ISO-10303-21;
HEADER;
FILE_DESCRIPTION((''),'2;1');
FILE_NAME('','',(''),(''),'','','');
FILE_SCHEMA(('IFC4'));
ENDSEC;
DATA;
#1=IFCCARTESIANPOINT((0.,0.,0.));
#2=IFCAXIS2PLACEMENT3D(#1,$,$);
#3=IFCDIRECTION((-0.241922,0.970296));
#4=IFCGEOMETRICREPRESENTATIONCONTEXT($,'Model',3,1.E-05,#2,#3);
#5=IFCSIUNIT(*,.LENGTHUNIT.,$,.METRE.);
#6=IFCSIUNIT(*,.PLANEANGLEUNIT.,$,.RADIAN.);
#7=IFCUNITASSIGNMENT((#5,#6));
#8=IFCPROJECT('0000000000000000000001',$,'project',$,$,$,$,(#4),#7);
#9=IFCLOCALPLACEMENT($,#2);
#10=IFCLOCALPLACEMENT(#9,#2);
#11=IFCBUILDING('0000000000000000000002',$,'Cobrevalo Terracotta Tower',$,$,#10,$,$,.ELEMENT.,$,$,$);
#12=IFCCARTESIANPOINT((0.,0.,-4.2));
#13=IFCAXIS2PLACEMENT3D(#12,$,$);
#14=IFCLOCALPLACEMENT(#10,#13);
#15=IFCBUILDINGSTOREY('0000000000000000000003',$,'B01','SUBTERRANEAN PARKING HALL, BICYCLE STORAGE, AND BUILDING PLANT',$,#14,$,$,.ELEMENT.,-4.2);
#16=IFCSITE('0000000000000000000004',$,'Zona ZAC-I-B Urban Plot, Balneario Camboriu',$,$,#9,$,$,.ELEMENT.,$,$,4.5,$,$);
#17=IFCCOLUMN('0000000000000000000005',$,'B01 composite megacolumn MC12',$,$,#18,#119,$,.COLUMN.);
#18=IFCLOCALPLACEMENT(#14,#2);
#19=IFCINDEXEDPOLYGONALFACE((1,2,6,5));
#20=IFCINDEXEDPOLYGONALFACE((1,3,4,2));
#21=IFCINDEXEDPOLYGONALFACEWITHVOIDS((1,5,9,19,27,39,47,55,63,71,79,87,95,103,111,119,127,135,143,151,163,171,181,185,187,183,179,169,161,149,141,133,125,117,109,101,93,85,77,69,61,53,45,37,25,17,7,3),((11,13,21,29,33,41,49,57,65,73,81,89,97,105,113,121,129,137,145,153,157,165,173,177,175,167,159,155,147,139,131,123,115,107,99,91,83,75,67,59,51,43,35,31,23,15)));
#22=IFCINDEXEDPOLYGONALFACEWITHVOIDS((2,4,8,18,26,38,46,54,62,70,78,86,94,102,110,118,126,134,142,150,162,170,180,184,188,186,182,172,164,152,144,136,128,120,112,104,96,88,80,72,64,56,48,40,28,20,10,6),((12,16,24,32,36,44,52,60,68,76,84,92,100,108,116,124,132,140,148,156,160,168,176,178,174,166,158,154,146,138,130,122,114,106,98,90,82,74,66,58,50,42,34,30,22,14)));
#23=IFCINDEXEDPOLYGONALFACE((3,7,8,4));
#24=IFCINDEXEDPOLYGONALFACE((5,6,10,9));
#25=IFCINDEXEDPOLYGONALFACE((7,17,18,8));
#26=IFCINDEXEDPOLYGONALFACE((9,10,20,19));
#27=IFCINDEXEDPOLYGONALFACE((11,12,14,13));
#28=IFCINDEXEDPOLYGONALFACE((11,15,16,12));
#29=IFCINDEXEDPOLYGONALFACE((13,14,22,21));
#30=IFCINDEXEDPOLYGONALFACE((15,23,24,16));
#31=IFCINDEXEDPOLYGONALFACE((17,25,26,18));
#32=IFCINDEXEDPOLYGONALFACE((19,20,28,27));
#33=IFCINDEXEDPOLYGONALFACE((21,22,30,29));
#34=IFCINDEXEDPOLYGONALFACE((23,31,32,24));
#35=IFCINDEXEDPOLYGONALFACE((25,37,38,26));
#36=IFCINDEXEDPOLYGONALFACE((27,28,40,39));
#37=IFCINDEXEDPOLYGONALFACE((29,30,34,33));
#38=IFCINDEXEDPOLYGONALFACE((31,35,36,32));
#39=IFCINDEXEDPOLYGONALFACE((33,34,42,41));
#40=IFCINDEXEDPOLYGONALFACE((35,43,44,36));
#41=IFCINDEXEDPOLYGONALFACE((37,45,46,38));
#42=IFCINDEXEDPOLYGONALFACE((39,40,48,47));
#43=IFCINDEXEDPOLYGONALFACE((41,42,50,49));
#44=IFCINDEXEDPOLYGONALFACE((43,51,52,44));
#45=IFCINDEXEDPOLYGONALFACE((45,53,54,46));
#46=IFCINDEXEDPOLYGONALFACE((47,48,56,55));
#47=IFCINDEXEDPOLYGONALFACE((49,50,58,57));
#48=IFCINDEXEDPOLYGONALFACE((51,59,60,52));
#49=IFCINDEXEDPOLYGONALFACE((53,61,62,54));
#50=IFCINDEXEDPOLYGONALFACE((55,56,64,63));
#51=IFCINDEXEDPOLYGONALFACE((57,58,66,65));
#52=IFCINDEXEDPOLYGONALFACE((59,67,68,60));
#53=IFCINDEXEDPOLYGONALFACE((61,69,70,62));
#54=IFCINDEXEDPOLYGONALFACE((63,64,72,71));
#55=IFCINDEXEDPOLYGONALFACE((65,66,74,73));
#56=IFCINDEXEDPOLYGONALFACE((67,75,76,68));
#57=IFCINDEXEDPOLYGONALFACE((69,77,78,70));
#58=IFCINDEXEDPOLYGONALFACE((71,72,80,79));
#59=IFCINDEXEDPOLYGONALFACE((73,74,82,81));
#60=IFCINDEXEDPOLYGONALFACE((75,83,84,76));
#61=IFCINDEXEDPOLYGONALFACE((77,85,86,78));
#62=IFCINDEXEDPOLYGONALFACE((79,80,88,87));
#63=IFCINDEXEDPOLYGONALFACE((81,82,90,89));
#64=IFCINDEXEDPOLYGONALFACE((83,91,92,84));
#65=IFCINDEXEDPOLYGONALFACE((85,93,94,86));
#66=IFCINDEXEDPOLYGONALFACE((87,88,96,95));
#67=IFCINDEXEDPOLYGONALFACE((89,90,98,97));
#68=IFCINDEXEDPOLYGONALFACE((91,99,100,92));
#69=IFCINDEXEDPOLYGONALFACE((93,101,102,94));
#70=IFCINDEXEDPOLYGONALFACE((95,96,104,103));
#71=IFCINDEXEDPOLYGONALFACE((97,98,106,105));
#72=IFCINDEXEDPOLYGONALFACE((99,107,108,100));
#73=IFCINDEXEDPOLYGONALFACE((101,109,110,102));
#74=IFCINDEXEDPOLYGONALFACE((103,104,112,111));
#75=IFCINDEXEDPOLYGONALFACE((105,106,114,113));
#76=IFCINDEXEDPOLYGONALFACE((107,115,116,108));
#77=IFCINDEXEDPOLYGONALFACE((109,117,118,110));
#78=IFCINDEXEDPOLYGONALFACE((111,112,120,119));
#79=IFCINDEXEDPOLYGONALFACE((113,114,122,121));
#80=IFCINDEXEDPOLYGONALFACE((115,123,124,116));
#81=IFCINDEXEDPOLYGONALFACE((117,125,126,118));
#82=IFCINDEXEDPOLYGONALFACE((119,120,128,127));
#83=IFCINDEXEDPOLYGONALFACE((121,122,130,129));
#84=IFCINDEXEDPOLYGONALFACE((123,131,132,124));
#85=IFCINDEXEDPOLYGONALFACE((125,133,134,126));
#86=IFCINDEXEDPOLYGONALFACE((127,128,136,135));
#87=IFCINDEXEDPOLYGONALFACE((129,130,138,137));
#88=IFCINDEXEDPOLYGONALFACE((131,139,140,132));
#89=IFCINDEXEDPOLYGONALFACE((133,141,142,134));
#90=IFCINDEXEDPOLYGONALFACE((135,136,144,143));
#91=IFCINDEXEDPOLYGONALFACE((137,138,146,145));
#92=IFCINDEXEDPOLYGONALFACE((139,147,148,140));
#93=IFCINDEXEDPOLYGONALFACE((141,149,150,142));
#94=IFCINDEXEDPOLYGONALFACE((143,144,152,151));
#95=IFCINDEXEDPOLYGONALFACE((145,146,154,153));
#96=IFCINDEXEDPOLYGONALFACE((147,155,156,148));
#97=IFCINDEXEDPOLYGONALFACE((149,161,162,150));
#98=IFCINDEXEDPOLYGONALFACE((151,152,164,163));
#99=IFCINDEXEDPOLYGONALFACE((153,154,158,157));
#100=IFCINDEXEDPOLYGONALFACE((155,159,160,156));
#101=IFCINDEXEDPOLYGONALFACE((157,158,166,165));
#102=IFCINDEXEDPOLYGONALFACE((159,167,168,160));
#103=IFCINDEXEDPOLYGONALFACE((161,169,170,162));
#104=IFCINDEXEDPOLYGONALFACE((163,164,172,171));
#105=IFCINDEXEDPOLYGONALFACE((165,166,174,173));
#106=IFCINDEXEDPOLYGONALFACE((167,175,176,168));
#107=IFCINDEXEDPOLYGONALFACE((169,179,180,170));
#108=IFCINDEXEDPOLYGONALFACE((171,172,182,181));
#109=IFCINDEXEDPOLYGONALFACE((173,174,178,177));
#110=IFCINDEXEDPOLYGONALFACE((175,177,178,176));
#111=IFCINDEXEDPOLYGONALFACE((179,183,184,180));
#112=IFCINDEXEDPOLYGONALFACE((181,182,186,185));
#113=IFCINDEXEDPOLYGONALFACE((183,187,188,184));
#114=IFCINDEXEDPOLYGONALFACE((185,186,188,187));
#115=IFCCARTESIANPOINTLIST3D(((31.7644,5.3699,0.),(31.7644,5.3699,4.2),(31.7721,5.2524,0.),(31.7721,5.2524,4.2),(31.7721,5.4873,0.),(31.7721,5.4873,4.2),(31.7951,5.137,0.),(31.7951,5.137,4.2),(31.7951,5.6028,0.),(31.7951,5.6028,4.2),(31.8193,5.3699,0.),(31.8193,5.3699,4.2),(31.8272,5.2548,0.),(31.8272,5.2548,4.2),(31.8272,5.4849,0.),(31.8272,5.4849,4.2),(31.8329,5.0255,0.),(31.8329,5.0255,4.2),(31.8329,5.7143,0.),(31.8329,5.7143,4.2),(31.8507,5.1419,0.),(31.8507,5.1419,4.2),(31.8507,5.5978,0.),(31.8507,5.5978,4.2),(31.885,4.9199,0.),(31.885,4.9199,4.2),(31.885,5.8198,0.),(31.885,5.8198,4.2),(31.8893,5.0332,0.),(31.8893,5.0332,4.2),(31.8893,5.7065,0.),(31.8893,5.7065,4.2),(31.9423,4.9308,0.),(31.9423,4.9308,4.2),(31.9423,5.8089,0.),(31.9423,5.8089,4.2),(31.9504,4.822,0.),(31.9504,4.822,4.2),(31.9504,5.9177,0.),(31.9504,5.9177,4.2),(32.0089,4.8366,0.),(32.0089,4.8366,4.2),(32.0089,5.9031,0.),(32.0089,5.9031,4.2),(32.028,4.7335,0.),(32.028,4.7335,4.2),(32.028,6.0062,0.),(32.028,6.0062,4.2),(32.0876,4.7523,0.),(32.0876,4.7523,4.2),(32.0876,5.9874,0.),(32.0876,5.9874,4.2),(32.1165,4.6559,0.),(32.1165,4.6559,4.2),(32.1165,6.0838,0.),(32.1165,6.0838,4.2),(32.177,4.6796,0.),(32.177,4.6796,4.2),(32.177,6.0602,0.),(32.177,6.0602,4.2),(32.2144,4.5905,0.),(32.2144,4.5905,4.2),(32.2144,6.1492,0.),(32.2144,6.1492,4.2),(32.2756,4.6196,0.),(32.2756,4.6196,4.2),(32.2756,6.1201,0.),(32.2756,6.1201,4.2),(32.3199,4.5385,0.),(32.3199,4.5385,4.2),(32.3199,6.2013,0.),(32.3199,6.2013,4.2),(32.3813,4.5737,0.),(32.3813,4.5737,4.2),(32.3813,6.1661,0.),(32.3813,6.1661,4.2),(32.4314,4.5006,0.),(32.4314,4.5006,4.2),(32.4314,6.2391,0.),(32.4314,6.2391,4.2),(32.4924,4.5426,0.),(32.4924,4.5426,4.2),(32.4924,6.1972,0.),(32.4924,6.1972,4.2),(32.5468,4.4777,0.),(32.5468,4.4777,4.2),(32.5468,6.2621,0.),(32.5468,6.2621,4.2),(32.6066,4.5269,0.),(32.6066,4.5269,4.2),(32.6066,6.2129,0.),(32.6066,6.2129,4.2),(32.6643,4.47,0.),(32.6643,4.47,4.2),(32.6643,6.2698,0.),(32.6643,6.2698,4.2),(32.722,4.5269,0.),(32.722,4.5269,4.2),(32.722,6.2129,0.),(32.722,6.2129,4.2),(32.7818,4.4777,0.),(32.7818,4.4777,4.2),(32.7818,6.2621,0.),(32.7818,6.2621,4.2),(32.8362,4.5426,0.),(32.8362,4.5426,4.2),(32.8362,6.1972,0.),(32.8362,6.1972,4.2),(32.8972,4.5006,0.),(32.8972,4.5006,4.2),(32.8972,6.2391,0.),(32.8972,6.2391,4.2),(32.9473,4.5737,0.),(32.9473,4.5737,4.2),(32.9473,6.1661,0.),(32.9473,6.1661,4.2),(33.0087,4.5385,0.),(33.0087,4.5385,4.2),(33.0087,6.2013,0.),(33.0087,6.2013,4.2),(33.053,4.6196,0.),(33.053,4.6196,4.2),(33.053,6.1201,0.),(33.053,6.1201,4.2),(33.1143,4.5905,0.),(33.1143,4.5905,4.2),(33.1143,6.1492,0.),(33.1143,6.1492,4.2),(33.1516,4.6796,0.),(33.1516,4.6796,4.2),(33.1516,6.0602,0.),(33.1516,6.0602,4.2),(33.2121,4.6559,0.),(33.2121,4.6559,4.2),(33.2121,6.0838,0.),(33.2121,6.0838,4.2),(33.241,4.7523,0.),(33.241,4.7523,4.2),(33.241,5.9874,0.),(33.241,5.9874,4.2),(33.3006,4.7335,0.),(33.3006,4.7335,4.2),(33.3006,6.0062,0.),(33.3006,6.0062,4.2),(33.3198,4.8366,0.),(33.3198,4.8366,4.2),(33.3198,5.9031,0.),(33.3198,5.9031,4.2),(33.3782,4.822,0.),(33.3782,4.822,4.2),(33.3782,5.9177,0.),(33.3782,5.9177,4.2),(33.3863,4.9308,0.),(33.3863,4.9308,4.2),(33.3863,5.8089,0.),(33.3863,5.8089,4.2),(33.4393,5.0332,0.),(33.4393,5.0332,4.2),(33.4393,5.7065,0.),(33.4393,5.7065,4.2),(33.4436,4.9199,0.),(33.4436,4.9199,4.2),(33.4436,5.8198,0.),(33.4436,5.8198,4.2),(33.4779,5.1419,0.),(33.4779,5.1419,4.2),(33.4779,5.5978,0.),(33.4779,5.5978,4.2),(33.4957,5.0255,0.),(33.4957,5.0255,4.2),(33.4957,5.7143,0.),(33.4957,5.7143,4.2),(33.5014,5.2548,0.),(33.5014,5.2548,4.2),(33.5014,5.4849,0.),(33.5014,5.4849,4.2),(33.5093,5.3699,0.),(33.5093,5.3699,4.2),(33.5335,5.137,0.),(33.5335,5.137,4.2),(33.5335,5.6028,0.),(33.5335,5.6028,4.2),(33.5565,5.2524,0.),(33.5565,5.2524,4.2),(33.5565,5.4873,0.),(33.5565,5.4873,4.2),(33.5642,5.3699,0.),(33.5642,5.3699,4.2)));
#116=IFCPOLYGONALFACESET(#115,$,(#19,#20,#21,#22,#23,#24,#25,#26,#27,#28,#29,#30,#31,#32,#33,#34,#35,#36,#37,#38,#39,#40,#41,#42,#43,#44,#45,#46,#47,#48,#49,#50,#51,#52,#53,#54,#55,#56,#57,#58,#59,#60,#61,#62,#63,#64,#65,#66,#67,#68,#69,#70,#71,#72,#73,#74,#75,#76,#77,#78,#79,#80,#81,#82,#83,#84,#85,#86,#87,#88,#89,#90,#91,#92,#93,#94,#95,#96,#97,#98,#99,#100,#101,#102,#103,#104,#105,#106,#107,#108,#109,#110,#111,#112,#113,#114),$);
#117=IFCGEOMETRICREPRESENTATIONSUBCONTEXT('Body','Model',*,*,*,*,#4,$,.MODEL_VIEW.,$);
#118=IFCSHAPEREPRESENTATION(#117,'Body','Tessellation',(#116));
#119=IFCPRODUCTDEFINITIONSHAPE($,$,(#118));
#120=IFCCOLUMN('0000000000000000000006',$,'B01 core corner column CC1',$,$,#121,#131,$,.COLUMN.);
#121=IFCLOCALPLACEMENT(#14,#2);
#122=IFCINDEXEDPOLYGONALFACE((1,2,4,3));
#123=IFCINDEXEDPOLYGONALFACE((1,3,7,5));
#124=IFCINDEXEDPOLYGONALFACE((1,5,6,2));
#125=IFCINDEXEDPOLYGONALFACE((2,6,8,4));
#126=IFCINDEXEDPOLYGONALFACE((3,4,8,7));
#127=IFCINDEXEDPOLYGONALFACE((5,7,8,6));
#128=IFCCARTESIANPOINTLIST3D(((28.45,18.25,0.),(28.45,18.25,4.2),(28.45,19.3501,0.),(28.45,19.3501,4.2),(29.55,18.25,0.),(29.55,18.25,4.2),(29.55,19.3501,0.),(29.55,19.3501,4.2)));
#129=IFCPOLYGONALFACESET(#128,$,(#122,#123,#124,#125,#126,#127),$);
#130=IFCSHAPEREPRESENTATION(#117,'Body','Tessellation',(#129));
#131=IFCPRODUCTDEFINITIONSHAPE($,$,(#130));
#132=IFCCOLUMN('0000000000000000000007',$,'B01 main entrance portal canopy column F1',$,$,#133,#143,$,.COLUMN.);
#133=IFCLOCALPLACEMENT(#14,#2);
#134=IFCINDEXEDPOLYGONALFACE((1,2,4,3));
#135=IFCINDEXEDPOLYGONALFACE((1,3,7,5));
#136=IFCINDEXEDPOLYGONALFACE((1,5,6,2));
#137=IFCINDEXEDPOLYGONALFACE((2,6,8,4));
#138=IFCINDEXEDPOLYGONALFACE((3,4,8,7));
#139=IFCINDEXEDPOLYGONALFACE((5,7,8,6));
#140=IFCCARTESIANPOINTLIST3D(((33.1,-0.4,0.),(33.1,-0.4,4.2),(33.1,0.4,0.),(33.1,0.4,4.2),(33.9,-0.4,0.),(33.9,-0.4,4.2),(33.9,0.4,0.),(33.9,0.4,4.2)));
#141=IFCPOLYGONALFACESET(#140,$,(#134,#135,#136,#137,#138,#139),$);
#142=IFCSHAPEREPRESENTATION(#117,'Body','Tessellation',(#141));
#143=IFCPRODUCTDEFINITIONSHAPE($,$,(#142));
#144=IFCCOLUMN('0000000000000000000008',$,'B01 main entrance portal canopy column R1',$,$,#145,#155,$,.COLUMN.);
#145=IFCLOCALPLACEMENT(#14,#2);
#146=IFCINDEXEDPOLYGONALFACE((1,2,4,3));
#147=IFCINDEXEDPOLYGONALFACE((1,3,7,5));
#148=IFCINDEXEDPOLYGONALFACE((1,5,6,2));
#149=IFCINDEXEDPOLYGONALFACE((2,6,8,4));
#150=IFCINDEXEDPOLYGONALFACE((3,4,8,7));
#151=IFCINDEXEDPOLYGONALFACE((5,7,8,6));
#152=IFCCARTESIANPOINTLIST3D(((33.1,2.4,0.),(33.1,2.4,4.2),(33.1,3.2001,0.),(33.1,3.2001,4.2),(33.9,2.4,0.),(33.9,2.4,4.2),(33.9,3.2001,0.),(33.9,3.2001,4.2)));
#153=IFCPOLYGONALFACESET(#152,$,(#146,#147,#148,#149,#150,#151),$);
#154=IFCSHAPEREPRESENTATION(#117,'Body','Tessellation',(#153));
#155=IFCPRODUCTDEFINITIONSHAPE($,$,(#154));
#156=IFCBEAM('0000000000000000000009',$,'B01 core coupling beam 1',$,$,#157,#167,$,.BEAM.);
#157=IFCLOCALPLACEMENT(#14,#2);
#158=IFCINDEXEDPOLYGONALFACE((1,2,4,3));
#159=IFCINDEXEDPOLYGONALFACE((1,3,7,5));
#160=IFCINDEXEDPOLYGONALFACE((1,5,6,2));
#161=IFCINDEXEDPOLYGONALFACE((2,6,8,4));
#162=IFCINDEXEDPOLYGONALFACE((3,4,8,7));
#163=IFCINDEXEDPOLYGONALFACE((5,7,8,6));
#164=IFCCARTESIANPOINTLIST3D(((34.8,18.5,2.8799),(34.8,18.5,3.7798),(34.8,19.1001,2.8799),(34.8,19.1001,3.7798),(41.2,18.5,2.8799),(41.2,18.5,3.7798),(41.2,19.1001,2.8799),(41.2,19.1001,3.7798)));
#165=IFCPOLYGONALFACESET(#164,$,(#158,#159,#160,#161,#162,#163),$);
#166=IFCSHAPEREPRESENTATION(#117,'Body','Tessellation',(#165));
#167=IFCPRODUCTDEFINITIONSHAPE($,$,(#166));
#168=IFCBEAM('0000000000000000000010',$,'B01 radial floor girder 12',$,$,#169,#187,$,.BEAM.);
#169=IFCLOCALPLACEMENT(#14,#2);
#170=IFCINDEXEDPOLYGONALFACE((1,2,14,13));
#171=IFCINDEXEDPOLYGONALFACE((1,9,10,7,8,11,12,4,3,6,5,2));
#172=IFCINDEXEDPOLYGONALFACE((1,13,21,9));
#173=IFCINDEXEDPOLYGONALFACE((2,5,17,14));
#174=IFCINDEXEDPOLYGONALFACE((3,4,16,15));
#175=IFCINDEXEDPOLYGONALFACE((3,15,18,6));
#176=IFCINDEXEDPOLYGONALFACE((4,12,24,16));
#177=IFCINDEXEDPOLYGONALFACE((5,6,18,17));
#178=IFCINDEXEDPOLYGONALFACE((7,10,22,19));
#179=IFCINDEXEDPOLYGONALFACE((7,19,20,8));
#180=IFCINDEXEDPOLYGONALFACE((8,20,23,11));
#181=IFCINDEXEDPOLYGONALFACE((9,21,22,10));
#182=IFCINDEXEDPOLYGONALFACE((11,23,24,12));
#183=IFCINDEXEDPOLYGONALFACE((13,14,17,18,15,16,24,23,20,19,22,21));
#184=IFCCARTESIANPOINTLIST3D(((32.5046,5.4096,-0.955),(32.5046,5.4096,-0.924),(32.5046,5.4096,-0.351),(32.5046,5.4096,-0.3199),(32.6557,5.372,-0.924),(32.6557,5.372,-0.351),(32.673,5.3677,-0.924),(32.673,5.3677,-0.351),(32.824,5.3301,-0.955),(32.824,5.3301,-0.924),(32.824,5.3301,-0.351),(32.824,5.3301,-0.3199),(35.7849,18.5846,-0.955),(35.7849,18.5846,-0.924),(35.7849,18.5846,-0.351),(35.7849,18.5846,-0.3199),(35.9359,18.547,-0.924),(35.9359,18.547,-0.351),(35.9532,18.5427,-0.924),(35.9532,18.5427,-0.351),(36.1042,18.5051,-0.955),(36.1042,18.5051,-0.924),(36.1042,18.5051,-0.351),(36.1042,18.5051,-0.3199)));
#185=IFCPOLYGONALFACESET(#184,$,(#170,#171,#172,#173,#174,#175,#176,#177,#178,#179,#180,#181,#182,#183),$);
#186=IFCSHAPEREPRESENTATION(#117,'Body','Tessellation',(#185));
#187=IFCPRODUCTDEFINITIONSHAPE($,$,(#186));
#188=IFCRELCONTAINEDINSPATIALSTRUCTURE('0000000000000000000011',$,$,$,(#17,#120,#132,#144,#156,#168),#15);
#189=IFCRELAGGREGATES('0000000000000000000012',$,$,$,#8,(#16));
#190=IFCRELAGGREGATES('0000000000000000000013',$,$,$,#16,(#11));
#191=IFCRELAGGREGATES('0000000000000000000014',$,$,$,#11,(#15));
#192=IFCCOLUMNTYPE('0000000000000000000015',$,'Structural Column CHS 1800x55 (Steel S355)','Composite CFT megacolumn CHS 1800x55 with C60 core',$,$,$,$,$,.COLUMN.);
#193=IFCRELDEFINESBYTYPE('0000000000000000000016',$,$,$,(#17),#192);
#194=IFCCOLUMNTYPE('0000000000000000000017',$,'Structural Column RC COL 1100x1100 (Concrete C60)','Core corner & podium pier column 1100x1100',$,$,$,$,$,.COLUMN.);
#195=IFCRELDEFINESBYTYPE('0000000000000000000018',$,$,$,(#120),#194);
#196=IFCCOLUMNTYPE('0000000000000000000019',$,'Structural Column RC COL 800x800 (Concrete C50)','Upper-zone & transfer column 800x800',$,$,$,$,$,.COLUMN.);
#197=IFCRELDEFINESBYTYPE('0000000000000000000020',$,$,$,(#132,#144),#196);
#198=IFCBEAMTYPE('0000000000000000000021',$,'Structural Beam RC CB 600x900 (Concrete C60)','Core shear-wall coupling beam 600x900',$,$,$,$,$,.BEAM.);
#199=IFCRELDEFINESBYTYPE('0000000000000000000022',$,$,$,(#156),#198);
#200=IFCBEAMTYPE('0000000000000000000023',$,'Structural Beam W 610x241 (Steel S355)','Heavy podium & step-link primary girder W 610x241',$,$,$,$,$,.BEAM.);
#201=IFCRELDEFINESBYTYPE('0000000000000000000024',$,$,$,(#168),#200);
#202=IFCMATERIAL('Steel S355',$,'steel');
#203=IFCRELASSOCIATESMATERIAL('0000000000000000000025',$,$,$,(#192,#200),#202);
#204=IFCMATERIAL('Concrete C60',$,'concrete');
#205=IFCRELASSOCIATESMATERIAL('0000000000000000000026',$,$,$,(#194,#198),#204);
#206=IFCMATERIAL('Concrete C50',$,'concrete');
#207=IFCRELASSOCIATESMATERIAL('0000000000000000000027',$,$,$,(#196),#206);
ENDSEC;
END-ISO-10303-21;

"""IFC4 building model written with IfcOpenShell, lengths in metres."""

from ifc_helpers import new_model, si_unit, direction, frame, origin, origin_2d, place, context, subcontext, project, spatial, rectangle, hollow_circle, i_section, extrude, material, material_profile, profile_set, type_object, element, save


model = new_model("IFC4")

# Units and contexts
model_context = context("Model", 3, precision=1e-05, world=origin(), true_north=direction((-0.241922, 0.970296)))
body_context = subcontext(model_context, "Body", "Model", "MODEL_VIEW")
ifc_project = project(units=[si_unit("LENGTHUNIT", "METRE"), si_unit("PLANEANGLEUNIT", "RADIAN")], contexts=[model_context])

# Site, building, storey
site_placement = place(None, origin())
site = spatial("IfcSite", under=ifc_project, at=site_placement, Name="Zona ZAC-I-B Urban Plot, Balneario Camboriu", CompositionType="ELEMENT", RefElevation=4.5)
building_placement = place(site_placement, origin())
building = spatial("IfcBuilding", under=site, at=building_placement, Name="Cobrevalo Terracotta Tower", CompositionType="ELEMENT")
storey_placement = place(building_placement, frame((0.0, 0.0, -4.2)))
storey = spatial("IfcBuildingStorey", under=building, at=storey_placement, Name="B01", Description="SUBTERRANEAN PARKING HALL, BICYCLE STORAGE, AND BUILDING PLANT", CompositionType="ELEMENT", Elevation=-4.2)

# Columns
ifc_material_1 = material(Name="Steel S355", Category="steel")
ifc_material_profile_1 = material_profile(ifc_material_1, hollow_circle(Radius=0.8999, WallThickness=0.0549, at=origin_2d()), Name="CHS 1800x55")
ifc_profile_set_1 = profile_set([ifc_material_profile_1], Name="Steel S355")
column_type_1 = type_object("IfcColumnType", Name="Structural Column CHS 1800x55 (Steel S355)", Description="Composite CFT megacolumn CHS 1800x55 with C60 core", PredefinedType="COLUMN", material=ifc_profile_set_1)
column_1_placement = place(storey_placement, frame((32.6643, 5.3699, 0.0), z_axis=(0.0, 0.0, 1.0), x_axis=(1.0, 0.0, 0.0)))
element("IfcColumn", 1, at=column_1_placement, inside=storey, type_object=column_type_1, Name="B01 composite megacolumn MC12", PredefinedType="COLUMN", context=body_context, shape_type="SweptSolid", body=[
    extrude(hollow_circle(Radius=0.8999, WallThickness=0.0549, at=origin_2d()), origin(), (0.0, 0.0, 1.0), 4.2),
])
ifc_material_2 = material(Name="Concrete C60", Category="concrete")
ifc_material_profile_2 = material_profile(ifc_material_2, rectangle(XDim=1.1001, YDim=1.1001, at=origin_2d()), Name="RC COL 1100x1100")
ifc_profile_set_2 = profile_set([ifc_material_profile_2], Name="Concrete C60")
column_type_2 = type_object("IfcColumnType", Name="Structural Column RC COL 1100x1100 (Concrete C60)", Description="Core corner & podium pier column 1100x1100", PredefinedType="COLUMN", material=ifc_profile_set_2)
column_2_placement = place(storey_placement, frame((29.0, 18.8, 0.0), z_axis=(0.0, 0.0, 1.0), x_axis=(1.0, 0.0, 0.0)))
element("IfcColumn", 2, at=column_2_placement, inside=storey, type_object=column_type_2, Name="B01 core corner column CC1", PredefinedType="COLUMN", context=body_context, shape_type="SweptSolid", body=[
    extrude(rectangle(XDim=1.1001, YDim=1.1001, at=origin_2d()), origin(), (0.0, 0.0, 1.0), 4.2),
])
ifc_material_3 = material(Name="Concrete C50", Category="concrete")
ifc_material_profile_3 = material_profile(ifc_material_3, rectangle(XDim=0.8, YDim=0.8, at=origin_2d()), Name="RC COL 800x800")
ifc_profile_set_3 = profile_set([ifc_material_profile_3], Name="Concrete C50")
column_type_3 = type_object("IfcColumnType", Name="Structural Column RC COL 800x800 (Concrete C50)", Description="Upper-zone & transfer column 800x800", PredefinedType="COLUMN", material=ifc_profile_set_3)
for number, where, z_axis, x_axis, name in (
    (3, (33.5, 0.0, 0.0), (0.0, 0.0, 1.0), (1.0, 0.0, 0.0), "B01 main entrance portal canopy column F1"),
    (4, (33.5, 2.8, 0.0), (0.0, 0.0, 1.0), (1.0, 0.0, 0.0), "B01 main entrance portal canopy column R1"),
):
    element("IfcColumn", number, at=place(storey_placement, frame(where, z_axis=z_axis, x_axis=x_axis)), inside=storey, type_object=column_type_3, Name=name, PredefinedType="COLUMN", context=body_context, shape_type="SweptSolid", body=[
        extrude(rectangle(XDim=0.8, YDim=0.8, at=origin_2d()), origin(), (0.0, 0.0, 1.0), 4.2),
    ])

# Beams
ifc_material_profile_4 = material_profile(ifc_material_2, rectangle(XDim=0.6001, YDim=0.8999, at=origin_2d()), Name="RC CB 600x900")
ifc_profile_set_4 = profile_set([ifc_material_profile_4], Name="Concrete C60")
beam_type_1 = type_object("IfcBeamType", Name="Structural Beam RC CB 600x900 (Concrete C60)", Description="Core shear-wall coupling beam 600x900", PredefinedType="BEAM", material=ifc_profile_set_4)
beam_1_placement = place(storey_placement, frame((34.8, 18.8, 3.3298), z_axis=(1.0, 0.0, 0.0), x_axis=(0.0, 1.0, 0.0)))
element("IfcBeam", 5, at=beam_1_placement, inside=storey, type_object=beam_type_1, Name="B01 core coupling beam 1", PredefinedType="BEAM", context=body_context, shape_type="SweptSolid", body=[
    extrude(rectangle(XDim=0.6001, YDim=0.8999, at=origin_2d()), origin(), (0.0, 0.0, 1.0), 6.3999),
])
ifc_material_profile_5 = material_profile(ifc_material_1, i_section(OverallWidth=0.3291, OverallDepth=0.635, WebThickness=0.0178, FlangeThickness=0.031, at=origin_2d()), Name="W 610x241")
ifc_profile_set_5 = profile_set([ifc_material_profile_5], Name="Steel S355")
beam_type_2 = type_object("IfcBeamType", Name="Structural Beam W 610x241 (Steel S355)", Description="Heavy podium & step-link primary girder W 610x241", PredefinedType="BEAM", material=ifc_profile_set_5)
beam_2_placement = place(storey_placement, frame((32.6643, 5.3699, -0.6375), z_axis=(0.2416, 0.970376, 0.0), x_axis=(-0.970376, 0.2416, 0.0)))
element("IfcBeam", 6, at=beam_2_placement, inside=storey, type_object=beam_type_2, Name="B01 radial floor girder 12", PredefinedType="BEAM", context=body_context, shape_type="SweptSolid", body=[
    extrude(i_section(OverallWidth=0.3291, OverallDepth=0.635, WebThickness=0.0178, FlangeThickness=0.031, at=origin_2d()), origin(), (0.0, 0.0, 1.0), 13.5771),
])

save(model, "model.ifc")
